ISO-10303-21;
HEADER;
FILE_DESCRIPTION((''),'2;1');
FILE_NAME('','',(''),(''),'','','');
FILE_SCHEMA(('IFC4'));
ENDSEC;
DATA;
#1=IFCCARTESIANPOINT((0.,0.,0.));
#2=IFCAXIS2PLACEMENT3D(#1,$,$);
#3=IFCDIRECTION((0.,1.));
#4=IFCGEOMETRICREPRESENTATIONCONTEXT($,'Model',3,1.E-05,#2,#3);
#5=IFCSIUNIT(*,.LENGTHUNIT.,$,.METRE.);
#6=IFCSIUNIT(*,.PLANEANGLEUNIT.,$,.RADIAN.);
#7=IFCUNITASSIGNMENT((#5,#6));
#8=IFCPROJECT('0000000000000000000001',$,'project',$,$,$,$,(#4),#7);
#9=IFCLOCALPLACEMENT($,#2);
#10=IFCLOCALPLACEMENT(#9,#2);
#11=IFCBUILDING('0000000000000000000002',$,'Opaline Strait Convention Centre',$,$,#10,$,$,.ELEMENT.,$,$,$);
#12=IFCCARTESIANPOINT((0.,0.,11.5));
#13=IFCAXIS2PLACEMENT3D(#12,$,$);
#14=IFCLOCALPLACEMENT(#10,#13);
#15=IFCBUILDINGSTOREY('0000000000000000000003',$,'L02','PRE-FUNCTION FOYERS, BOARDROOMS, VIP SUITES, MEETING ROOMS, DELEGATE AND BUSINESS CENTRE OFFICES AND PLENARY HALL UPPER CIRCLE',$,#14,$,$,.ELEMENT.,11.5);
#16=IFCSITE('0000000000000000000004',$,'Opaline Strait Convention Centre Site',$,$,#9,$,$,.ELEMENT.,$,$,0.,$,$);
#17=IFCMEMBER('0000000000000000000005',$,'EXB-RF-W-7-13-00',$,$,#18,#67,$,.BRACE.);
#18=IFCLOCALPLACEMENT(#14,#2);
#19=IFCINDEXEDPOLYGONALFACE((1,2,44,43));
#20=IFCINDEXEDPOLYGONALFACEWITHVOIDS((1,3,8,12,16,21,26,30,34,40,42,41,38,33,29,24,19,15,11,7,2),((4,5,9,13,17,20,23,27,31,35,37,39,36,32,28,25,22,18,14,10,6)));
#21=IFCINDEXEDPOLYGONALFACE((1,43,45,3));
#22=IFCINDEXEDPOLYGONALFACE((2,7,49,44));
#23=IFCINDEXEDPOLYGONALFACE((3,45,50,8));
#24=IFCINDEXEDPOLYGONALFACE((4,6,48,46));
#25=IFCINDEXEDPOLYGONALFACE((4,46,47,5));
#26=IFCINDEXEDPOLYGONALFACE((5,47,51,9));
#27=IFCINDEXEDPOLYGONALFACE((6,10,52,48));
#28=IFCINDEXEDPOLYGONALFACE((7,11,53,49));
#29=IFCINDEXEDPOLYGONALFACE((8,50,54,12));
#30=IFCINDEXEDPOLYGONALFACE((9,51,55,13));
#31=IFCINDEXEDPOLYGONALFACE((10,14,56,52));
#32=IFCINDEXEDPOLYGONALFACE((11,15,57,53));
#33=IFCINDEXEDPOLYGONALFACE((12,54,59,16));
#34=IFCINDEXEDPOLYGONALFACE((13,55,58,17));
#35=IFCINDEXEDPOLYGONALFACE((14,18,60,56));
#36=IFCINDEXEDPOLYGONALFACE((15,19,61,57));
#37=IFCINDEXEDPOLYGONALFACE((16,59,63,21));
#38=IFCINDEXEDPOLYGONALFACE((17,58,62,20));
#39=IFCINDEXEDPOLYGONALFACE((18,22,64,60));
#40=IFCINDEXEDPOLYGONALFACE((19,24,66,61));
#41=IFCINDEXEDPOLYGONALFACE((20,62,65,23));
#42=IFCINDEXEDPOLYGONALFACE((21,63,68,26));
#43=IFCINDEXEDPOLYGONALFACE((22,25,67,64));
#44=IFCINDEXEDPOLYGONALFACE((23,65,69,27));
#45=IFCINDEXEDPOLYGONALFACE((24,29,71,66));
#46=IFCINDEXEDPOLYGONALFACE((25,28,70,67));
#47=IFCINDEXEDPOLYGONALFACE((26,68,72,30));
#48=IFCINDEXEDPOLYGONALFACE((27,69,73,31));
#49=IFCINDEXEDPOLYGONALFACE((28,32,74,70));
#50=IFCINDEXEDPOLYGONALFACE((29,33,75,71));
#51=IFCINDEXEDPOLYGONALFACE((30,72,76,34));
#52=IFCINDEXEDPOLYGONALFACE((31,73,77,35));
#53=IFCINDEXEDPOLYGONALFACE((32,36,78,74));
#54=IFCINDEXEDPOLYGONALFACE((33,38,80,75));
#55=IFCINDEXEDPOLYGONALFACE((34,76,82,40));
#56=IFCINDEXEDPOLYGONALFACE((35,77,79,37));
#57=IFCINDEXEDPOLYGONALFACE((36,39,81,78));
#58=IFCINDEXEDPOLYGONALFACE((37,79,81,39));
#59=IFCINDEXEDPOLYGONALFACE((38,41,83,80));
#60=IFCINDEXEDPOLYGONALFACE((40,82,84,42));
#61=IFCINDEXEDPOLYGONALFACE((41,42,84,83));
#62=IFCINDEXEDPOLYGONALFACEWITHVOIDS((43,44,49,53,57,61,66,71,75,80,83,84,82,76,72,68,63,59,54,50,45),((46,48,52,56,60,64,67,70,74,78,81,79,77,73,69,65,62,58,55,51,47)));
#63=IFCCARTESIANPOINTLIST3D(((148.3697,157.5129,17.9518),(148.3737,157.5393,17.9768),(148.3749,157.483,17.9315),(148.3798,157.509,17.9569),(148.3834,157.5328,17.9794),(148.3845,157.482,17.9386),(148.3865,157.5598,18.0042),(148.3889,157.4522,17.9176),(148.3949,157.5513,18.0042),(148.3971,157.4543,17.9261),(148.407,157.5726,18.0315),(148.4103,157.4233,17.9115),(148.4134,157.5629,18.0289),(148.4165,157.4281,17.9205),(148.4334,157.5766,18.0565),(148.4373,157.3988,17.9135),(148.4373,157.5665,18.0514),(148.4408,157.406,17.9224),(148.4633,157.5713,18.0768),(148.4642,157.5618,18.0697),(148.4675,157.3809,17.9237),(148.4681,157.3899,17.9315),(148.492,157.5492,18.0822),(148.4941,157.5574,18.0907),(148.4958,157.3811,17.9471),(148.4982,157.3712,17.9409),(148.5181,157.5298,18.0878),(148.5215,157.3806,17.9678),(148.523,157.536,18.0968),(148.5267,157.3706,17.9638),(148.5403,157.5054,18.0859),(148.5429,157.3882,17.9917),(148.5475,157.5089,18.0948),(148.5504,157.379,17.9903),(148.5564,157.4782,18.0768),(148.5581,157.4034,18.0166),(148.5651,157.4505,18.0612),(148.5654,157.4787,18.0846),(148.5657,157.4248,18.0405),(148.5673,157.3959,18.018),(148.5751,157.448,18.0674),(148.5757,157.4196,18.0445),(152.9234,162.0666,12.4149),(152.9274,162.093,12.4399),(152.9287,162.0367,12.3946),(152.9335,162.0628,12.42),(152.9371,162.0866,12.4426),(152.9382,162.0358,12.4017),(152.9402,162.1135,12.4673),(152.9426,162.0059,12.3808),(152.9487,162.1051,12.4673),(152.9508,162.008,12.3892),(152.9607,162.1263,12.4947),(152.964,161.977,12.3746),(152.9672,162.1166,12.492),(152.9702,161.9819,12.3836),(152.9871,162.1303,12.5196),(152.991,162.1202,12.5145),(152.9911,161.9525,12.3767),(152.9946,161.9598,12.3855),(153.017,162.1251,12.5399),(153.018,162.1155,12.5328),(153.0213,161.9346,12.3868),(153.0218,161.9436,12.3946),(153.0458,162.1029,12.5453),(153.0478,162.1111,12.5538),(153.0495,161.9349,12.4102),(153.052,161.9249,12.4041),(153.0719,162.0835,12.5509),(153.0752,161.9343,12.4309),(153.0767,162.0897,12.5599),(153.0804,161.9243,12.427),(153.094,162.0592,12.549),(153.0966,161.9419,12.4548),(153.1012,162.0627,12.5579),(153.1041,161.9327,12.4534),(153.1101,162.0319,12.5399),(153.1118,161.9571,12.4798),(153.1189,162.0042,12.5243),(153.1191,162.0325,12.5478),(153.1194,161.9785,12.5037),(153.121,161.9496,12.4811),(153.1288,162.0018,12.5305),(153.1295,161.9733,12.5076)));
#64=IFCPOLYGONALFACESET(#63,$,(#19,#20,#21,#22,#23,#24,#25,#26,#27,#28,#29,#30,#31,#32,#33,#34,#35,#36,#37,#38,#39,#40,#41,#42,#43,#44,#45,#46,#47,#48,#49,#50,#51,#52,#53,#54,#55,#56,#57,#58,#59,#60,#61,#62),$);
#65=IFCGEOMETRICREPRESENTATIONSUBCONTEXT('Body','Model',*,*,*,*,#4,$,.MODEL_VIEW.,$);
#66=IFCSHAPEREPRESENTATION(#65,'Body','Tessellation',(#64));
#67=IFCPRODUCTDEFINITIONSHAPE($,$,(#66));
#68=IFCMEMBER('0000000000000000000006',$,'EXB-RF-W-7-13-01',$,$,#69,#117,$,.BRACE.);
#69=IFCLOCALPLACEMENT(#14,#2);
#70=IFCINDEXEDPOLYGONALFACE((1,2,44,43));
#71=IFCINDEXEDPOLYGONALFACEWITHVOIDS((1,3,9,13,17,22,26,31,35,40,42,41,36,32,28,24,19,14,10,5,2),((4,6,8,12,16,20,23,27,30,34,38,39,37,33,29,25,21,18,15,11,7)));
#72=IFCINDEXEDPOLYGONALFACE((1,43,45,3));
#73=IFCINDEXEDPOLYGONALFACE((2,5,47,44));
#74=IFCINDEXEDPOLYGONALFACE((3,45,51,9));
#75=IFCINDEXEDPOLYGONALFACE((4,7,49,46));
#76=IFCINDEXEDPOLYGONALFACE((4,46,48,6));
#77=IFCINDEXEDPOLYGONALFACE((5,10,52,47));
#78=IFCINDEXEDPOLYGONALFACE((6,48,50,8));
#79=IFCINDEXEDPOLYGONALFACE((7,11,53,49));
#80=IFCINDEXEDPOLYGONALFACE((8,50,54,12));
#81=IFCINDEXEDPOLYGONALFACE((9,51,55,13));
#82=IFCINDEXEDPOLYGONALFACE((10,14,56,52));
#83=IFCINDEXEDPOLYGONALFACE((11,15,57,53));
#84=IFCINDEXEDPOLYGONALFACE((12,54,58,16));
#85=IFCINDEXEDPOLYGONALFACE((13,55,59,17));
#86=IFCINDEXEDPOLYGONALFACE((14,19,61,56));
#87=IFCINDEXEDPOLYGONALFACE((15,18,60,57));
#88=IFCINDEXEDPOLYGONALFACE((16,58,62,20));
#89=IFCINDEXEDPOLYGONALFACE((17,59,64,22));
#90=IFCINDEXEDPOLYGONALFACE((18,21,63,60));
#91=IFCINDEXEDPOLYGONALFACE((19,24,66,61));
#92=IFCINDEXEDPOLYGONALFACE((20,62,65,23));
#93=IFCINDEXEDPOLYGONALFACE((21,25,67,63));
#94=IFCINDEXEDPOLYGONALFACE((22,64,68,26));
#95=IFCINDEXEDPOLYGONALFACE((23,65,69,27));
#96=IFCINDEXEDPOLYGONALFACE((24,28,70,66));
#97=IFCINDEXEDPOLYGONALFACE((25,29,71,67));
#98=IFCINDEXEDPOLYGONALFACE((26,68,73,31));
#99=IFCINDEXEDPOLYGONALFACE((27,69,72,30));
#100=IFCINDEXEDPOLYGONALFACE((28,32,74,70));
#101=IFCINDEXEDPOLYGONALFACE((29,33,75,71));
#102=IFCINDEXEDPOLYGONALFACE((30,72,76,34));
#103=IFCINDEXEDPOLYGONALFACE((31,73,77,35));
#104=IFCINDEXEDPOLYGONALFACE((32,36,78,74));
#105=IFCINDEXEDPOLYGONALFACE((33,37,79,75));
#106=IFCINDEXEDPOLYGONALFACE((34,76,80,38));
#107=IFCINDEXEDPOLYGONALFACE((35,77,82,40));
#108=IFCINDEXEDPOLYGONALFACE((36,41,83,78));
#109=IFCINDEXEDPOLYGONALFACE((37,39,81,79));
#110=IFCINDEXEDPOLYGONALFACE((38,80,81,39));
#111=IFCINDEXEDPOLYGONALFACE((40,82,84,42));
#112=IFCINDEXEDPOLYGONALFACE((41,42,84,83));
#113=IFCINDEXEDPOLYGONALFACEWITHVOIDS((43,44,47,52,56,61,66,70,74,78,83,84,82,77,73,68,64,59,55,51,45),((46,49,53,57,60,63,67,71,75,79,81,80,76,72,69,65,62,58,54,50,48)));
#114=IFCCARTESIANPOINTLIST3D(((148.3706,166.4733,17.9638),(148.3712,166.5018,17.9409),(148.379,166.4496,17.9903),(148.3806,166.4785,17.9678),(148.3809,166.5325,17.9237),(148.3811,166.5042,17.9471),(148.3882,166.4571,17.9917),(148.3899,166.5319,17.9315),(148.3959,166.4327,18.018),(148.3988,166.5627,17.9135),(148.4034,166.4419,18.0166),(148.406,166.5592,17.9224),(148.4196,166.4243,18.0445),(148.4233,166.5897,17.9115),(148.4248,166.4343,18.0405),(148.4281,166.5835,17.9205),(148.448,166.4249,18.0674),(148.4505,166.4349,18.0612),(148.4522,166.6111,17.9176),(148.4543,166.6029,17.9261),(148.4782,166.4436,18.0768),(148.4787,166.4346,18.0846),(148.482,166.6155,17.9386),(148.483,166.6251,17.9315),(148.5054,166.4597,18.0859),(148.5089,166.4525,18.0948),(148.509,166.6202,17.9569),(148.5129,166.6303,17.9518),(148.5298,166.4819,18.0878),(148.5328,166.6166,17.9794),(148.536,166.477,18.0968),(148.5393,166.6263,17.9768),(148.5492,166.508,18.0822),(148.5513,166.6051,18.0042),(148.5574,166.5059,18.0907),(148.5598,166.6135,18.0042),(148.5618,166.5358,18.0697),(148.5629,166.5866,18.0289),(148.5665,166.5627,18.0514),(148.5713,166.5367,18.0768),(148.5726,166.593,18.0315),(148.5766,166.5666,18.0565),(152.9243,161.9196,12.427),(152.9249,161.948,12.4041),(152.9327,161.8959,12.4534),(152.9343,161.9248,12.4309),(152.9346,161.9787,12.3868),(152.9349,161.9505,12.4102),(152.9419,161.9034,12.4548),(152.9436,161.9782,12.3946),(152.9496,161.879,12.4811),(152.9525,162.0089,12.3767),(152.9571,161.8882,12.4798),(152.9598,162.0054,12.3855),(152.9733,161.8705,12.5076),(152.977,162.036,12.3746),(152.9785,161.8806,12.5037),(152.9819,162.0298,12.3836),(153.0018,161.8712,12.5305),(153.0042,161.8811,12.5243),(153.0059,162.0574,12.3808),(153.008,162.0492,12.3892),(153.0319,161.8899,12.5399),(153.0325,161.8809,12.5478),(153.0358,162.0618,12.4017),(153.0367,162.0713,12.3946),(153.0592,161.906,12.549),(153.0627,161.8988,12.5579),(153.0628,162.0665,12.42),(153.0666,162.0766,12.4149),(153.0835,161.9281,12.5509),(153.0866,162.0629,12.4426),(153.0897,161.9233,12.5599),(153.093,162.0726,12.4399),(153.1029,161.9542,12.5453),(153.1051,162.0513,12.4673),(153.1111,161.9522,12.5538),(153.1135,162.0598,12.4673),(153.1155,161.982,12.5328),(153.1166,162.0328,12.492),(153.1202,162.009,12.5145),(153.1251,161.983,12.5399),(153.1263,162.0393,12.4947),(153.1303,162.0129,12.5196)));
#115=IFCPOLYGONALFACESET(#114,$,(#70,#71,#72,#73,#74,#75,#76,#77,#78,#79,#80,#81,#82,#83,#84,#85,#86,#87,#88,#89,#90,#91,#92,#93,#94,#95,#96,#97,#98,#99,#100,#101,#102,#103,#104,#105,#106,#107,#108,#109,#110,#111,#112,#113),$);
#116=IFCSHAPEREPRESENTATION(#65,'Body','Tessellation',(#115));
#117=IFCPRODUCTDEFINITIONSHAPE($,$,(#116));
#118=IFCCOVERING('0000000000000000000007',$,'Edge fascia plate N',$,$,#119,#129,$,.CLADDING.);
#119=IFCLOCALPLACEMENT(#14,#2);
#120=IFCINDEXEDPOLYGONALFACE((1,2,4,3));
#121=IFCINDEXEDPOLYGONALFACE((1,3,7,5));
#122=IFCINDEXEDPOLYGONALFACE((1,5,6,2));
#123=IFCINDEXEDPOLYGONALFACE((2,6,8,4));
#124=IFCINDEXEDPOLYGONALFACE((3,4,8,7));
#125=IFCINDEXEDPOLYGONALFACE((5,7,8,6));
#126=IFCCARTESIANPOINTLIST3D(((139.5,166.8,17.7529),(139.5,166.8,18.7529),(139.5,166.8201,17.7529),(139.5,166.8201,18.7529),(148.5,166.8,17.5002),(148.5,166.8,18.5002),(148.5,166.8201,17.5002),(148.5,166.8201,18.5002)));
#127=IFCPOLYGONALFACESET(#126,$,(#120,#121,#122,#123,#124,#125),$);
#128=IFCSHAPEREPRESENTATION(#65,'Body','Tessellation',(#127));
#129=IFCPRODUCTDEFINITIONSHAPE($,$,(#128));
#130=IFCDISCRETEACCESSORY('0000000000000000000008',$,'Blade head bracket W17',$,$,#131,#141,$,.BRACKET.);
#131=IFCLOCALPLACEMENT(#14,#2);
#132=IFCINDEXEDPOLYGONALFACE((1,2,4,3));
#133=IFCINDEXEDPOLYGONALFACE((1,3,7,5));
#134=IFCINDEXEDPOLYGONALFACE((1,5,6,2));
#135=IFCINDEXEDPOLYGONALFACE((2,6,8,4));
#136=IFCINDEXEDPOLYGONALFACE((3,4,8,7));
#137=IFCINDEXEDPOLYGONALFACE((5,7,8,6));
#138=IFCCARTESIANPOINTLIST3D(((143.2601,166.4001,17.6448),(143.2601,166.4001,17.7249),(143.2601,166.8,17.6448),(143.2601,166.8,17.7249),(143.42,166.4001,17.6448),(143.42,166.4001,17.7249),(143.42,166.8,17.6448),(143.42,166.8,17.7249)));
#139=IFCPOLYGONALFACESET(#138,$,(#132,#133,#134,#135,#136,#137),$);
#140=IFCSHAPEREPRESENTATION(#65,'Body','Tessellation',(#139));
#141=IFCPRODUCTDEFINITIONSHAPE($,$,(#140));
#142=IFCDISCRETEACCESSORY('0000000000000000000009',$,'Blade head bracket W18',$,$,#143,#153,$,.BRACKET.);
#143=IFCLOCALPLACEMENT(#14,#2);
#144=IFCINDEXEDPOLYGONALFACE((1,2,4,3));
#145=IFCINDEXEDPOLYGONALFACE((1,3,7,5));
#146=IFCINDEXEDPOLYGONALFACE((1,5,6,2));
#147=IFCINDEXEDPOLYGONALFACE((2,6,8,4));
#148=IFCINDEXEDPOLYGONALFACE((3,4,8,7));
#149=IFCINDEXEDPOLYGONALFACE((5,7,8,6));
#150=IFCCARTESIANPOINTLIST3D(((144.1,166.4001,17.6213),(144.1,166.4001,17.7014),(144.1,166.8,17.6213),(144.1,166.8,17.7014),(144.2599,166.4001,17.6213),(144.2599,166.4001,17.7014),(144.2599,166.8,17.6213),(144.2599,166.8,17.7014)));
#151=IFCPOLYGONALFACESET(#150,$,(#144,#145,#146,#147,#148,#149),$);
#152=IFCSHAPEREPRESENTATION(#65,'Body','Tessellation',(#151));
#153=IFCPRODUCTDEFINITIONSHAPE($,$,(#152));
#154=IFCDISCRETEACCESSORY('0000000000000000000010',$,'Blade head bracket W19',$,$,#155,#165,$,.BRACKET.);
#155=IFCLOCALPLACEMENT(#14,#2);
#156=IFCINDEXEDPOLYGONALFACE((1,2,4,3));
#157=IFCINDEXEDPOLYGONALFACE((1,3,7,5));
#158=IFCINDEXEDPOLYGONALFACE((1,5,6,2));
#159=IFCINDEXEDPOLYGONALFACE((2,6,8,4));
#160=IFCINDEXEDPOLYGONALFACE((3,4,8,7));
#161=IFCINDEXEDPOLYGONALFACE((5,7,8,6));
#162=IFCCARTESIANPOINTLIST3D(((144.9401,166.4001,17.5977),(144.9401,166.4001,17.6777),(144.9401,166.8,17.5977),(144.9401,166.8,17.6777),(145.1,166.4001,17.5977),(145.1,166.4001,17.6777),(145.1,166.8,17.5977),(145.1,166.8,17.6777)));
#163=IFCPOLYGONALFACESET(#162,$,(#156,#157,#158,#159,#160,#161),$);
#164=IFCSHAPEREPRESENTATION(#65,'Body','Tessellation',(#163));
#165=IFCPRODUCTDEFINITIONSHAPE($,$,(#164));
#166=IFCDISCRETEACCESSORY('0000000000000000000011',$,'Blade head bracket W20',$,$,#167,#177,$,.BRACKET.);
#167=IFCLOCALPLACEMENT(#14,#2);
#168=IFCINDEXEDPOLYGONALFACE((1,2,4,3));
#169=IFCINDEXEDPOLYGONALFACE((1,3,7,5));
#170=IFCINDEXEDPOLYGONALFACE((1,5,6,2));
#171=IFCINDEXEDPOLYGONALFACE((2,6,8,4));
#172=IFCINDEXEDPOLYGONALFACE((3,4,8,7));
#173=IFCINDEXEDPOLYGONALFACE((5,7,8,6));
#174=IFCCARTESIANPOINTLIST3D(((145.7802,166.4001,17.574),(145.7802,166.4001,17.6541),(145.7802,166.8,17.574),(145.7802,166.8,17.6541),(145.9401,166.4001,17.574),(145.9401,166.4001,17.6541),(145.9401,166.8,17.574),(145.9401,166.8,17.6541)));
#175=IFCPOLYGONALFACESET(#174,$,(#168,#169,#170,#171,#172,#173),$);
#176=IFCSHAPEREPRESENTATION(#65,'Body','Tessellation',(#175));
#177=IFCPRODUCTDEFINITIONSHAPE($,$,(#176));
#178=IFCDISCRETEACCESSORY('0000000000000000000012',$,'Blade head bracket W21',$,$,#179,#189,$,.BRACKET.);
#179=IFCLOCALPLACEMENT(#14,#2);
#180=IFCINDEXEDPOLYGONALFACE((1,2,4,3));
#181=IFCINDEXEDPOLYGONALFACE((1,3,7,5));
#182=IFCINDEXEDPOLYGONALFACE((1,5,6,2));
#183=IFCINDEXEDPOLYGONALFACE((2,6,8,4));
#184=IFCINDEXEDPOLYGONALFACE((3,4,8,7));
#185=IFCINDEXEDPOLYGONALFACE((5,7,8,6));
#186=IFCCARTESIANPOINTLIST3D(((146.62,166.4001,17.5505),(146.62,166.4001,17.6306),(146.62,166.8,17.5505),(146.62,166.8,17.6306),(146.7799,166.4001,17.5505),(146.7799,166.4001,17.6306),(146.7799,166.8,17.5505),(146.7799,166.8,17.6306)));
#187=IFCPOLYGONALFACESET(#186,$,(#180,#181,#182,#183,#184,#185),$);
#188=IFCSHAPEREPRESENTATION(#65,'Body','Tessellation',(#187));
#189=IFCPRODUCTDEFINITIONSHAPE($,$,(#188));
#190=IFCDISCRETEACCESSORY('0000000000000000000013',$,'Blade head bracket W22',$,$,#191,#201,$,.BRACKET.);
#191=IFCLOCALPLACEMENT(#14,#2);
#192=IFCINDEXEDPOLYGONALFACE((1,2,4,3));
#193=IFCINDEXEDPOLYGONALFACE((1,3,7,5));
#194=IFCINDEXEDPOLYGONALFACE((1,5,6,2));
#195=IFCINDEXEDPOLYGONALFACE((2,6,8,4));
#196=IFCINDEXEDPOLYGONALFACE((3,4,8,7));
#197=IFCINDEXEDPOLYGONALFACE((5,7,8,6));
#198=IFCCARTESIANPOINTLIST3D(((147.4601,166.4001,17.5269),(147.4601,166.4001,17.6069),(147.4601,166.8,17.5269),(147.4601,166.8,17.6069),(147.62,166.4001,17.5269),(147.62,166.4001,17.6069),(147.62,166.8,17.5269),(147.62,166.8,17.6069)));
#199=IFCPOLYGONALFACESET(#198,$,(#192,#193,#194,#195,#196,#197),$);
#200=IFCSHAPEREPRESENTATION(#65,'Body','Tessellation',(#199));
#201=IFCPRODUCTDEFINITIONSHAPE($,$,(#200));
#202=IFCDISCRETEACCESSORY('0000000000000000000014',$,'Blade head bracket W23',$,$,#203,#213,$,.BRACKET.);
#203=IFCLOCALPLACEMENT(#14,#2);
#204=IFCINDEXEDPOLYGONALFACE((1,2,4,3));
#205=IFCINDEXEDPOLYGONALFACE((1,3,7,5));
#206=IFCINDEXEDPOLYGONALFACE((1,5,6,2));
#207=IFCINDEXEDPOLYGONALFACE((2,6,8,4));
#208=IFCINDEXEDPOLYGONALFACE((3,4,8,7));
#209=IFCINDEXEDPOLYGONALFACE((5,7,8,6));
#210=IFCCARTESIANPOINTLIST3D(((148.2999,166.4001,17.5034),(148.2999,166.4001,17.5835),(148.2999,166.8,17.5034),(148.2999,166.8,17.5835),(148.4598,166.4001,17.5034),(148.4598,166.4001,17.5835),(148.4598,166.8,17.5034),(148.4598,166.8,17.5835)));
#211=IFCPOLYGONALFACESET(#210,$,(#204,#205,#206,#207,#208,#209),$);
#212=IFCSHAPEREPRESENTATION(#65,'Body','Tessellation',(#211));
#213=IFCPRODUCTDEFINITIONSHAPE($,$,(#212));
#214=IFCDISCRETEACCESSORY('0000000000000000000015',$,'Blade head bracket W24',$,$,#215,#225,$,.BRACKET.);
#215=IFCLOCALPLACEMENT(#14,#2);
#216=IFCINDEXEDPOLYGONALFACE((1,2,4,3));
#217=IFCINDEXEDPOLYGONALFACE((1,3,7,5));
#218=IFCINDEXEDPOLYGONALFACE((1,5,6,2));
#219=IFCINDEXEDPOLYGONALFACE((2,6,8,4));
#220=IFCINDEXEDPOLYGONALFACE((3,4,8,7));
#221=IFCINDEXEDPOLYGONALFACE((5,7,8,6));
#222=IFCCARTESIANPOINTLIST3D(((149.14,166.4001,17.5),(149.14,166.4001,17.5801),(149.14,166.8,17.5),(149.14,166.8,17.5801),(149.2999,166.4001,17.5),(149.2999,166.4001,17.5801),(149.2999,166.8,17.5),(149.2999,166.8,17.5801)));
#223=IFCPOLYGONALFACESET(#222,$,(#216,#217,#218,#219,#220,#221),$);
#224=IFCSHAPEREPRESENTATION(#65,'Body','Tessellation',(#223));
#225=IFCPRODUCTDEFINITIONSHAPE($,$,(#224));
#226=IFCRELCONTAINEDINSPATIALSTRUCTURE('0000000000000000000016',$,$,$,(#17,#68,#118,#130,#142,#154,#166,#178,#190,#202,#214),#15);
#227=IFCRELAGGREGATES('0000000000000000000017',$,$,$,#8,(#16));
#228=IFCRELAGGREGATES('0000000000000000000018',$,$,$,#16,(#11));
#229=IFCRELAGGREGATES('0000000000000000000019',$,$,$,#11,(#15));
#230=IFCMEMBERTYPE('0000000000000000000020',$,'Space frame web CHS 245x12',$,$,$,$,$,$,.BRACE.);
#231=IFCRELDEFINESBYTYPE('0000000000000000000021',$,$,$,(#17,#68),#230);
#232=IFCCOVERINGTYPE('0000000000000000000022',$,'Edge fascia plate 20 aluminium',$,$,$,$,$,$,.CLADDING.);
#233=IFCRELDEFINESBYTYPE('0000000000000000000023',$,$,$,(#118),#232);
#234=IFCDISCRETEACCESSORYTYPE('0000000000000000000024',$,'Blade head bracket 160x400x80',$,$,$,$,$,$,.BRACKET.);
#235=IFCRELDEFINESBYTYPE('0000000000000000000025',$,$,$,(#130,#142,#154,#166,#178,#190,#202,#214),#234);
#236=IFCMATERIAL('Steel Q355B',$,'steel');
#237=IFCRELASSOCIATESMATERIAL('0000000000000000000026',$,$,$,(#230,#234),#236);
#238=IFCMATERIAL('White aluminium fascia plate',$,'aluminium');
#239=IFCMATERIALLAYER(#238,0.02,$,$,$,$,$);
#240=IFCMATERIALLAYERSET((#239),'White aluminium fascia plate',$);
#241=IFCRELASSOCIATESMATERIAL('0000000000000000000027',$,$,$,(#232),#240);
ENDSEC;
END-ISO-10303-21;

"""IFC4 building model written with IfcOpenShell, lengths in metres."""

from ifc_helpers import new_model, si_unit, direction, frame, origin, origin_2d, place, context, subcontext, project, spatial, polyline, rectangle, hollow_circle, outline, extrude, material, layer, layer_set, material_profile, profile_set, type_object, element, save


model = new_model("IFC4")

# Units and contexts
model_context = context("Model", 3, precision=1e-05, world=origin(), true_north=direction((0.0, 1.0)))
body_context = subcontext(model_context, "Body", "Model", "MODEL_VIEW")
ifc_project = project(units=[si_unit("LENGTHUNIT", "METRE"), si_unit("PLANEANGLEUNIT", "RADIAN")], contexts=[model_context])

# Site, building, storey
site_placement = place(None, origin())
site = spatial("IfcSite", under=ifc_project, at=site_placement, Name="Opaline Strait Convention Centre Site", CompositionType="ELEMENT", RefElevation=0.0)
building_placement = place(site_placement, origin())
building = spatial("IfcBuilding", under=site, at=building_placement, Name="Opaline Strait Convention Centre", CompositionType="ELEMENT")
storey_placement = place(building_placement, frame((0.0, 0.0, 11.5)))
storey = spatial("IfcBuildingStorey", under=building, at=storey_placement, Name="L02", Description="PRE-FUNCTION FOYERS, BOARDROOMS, VIP SUITES, MEETING ROOMS, DELEGATE AND BUSINESS CENTRE OFFICES AND PLENARY HALL UPPER CIRCLE", CompositionType="ELEMENT", Elevation=11.5)

# Members
ifc_material_1 = material(Name="Steel Q355B", Category="steel")
ifc_material_profile_1 = material_profile(ifc_material_1, hollow_circle(Radius=0.1226, WallThickness=0.012, at=origin_2d()), Name="CHS 245x12")
ifc_profile_set_1 = profile_set([ifc_material_profile_1], Name="Steel Q355B")
member_type_1 = type_object("IfcMemberType", Name="Space frame web CHS 245x12", PredefinedType="BRACE", material=ifc_profile_set_1)
for number, where, z_axis, x_axis, name in (
    (1, (148.4731, 157.4731, 18.0042), (0.536178, 0.536178, -0.65194), (-0.707107, 0.707107, 0.0), "EXB-RF-W-7-13-00"),
    (2, (148.4731, 166.5269, 18.0042), (0.536178, -0.536178, -0.65194), (0.707107, 0.707107, 0.0), "EXB-RF-W-7-13-01"),
):
    element("IfcMember", number, at=place(storey_placement, frame(where, z_axis=z_axis, x_axis=x_axis)), inside=storey, type_object=member_type_1, Name=name, PredefinedType="BRACE", context=body_context, shape_type="SweptSolid", body=[
        extrude(hollow_circle(Radius=0.1226, WallThickness=0.012, at=origin_2d()), origin(), (0.0, 0.0, 1.0), 8.4929),
    ])

# Covering
ifc_material_2 = material(Name="White aluminium fascia plate", Category="aluminium")
ifc_layer = layer(ifc_material_2, 0.02)
ifc_layer_set = layer_set([ifc_layer], Name="White aluminium fascia plate")
covering_type = type_object("IfcCoveringType", Name="Edge fascia plate 20 aluminium", PredefinedType="CLADDING", material=ifc_layer_set)
covering_placement = place(storey_placement, frame((144.0, 166.8, 18.1265), z_axis=(0.0, 1.0, 0.0), x_axis=(-1.0, 0.0, 0.0)))
element("IfcCovering", 3, at=covering_placement, inside=storey, type_object=covering_type, Name="Edge fascia plate N", PredefinedType="CLADDING", context=body_context, shape_type="SweptSolid", body=[
    extrude(outline(polyline([(-4.5, 0.3738), (4.5, 0.6265), (4.5, -0.3735), (-4.5, -0.6262), (-4.5, 0.3738)])), origin(), (0.0, 0.0, 1.0), 0.02),
])

# Discrete accessories
discrete_accessory_type = type_object("IfcDiscreteAccessoryType", Name="Blade head bracket 160x400x80", PredefinedType="BRACKET", material=ifc_material_1)
for number, where, z_axis, x_axis, name in (
    (4, (143.3401, 166.6001, 17.6448), (0.0, 0.0, 1.0), (1.0, 0.0, 0.0), "Blade head bracket W17"),
    (5, (144.1799, 166.6001, 17.6213), (0.0, 0.0, 1.0), (1.0, 0.0, 0.0), "Blade head bracket W18"),
    (6, (145.02, 166.6001, 17.5977), (0.0, 0.0, 1.0), (1.0, 0.0, 0.0), "Blade head bracket W19"),
    (7, (145.8601, 166.6001, 17.574), (0.0, 0.0, 1.0), (1.0, 0.0, 0.0), "Blade head bracket W20"),
    (8, (146.7, 166.6001, 17.5505), (0.0, 0.0, 1.0), (1.0, 0.0, 0.0), "Blade head bracket W21"),
    (9, (147.54, 166.6001, 17.5269), (0.0, 0.0, 1.0), (1.0, 0.0, 0.0), "Blade head bracket W22"),
    (10, (148.3799, 166.6001, 17.5034), (0.0, 0.0, 1.0), (1.0, 0.0, 0.0), "Blade head bracket W23"),
    (11, (149.22, 166.6001, 17.5), (0.0, 0.0, 1.0), (1.0, 0.0, 0.0), "Blade head bracket W24"),
):
    element("IfcDiscreteAccessory", number, at=place(storey_placement, frame(where, z_axis=z_axis, x_axis=x_axis)), inside=storey, type_object=discrete_accessory_type, Name=name, PredefinedType="BRACKET", context=body_context, shape_type="SweptSolid", body=[
        extrude(rectangle(XDim=0.1599, YDim=0.3999, at=origin_2d()), origin(), (0.0, 0.0, 1.0), 0.0801),
    ])

save(model, "model.ifc")
